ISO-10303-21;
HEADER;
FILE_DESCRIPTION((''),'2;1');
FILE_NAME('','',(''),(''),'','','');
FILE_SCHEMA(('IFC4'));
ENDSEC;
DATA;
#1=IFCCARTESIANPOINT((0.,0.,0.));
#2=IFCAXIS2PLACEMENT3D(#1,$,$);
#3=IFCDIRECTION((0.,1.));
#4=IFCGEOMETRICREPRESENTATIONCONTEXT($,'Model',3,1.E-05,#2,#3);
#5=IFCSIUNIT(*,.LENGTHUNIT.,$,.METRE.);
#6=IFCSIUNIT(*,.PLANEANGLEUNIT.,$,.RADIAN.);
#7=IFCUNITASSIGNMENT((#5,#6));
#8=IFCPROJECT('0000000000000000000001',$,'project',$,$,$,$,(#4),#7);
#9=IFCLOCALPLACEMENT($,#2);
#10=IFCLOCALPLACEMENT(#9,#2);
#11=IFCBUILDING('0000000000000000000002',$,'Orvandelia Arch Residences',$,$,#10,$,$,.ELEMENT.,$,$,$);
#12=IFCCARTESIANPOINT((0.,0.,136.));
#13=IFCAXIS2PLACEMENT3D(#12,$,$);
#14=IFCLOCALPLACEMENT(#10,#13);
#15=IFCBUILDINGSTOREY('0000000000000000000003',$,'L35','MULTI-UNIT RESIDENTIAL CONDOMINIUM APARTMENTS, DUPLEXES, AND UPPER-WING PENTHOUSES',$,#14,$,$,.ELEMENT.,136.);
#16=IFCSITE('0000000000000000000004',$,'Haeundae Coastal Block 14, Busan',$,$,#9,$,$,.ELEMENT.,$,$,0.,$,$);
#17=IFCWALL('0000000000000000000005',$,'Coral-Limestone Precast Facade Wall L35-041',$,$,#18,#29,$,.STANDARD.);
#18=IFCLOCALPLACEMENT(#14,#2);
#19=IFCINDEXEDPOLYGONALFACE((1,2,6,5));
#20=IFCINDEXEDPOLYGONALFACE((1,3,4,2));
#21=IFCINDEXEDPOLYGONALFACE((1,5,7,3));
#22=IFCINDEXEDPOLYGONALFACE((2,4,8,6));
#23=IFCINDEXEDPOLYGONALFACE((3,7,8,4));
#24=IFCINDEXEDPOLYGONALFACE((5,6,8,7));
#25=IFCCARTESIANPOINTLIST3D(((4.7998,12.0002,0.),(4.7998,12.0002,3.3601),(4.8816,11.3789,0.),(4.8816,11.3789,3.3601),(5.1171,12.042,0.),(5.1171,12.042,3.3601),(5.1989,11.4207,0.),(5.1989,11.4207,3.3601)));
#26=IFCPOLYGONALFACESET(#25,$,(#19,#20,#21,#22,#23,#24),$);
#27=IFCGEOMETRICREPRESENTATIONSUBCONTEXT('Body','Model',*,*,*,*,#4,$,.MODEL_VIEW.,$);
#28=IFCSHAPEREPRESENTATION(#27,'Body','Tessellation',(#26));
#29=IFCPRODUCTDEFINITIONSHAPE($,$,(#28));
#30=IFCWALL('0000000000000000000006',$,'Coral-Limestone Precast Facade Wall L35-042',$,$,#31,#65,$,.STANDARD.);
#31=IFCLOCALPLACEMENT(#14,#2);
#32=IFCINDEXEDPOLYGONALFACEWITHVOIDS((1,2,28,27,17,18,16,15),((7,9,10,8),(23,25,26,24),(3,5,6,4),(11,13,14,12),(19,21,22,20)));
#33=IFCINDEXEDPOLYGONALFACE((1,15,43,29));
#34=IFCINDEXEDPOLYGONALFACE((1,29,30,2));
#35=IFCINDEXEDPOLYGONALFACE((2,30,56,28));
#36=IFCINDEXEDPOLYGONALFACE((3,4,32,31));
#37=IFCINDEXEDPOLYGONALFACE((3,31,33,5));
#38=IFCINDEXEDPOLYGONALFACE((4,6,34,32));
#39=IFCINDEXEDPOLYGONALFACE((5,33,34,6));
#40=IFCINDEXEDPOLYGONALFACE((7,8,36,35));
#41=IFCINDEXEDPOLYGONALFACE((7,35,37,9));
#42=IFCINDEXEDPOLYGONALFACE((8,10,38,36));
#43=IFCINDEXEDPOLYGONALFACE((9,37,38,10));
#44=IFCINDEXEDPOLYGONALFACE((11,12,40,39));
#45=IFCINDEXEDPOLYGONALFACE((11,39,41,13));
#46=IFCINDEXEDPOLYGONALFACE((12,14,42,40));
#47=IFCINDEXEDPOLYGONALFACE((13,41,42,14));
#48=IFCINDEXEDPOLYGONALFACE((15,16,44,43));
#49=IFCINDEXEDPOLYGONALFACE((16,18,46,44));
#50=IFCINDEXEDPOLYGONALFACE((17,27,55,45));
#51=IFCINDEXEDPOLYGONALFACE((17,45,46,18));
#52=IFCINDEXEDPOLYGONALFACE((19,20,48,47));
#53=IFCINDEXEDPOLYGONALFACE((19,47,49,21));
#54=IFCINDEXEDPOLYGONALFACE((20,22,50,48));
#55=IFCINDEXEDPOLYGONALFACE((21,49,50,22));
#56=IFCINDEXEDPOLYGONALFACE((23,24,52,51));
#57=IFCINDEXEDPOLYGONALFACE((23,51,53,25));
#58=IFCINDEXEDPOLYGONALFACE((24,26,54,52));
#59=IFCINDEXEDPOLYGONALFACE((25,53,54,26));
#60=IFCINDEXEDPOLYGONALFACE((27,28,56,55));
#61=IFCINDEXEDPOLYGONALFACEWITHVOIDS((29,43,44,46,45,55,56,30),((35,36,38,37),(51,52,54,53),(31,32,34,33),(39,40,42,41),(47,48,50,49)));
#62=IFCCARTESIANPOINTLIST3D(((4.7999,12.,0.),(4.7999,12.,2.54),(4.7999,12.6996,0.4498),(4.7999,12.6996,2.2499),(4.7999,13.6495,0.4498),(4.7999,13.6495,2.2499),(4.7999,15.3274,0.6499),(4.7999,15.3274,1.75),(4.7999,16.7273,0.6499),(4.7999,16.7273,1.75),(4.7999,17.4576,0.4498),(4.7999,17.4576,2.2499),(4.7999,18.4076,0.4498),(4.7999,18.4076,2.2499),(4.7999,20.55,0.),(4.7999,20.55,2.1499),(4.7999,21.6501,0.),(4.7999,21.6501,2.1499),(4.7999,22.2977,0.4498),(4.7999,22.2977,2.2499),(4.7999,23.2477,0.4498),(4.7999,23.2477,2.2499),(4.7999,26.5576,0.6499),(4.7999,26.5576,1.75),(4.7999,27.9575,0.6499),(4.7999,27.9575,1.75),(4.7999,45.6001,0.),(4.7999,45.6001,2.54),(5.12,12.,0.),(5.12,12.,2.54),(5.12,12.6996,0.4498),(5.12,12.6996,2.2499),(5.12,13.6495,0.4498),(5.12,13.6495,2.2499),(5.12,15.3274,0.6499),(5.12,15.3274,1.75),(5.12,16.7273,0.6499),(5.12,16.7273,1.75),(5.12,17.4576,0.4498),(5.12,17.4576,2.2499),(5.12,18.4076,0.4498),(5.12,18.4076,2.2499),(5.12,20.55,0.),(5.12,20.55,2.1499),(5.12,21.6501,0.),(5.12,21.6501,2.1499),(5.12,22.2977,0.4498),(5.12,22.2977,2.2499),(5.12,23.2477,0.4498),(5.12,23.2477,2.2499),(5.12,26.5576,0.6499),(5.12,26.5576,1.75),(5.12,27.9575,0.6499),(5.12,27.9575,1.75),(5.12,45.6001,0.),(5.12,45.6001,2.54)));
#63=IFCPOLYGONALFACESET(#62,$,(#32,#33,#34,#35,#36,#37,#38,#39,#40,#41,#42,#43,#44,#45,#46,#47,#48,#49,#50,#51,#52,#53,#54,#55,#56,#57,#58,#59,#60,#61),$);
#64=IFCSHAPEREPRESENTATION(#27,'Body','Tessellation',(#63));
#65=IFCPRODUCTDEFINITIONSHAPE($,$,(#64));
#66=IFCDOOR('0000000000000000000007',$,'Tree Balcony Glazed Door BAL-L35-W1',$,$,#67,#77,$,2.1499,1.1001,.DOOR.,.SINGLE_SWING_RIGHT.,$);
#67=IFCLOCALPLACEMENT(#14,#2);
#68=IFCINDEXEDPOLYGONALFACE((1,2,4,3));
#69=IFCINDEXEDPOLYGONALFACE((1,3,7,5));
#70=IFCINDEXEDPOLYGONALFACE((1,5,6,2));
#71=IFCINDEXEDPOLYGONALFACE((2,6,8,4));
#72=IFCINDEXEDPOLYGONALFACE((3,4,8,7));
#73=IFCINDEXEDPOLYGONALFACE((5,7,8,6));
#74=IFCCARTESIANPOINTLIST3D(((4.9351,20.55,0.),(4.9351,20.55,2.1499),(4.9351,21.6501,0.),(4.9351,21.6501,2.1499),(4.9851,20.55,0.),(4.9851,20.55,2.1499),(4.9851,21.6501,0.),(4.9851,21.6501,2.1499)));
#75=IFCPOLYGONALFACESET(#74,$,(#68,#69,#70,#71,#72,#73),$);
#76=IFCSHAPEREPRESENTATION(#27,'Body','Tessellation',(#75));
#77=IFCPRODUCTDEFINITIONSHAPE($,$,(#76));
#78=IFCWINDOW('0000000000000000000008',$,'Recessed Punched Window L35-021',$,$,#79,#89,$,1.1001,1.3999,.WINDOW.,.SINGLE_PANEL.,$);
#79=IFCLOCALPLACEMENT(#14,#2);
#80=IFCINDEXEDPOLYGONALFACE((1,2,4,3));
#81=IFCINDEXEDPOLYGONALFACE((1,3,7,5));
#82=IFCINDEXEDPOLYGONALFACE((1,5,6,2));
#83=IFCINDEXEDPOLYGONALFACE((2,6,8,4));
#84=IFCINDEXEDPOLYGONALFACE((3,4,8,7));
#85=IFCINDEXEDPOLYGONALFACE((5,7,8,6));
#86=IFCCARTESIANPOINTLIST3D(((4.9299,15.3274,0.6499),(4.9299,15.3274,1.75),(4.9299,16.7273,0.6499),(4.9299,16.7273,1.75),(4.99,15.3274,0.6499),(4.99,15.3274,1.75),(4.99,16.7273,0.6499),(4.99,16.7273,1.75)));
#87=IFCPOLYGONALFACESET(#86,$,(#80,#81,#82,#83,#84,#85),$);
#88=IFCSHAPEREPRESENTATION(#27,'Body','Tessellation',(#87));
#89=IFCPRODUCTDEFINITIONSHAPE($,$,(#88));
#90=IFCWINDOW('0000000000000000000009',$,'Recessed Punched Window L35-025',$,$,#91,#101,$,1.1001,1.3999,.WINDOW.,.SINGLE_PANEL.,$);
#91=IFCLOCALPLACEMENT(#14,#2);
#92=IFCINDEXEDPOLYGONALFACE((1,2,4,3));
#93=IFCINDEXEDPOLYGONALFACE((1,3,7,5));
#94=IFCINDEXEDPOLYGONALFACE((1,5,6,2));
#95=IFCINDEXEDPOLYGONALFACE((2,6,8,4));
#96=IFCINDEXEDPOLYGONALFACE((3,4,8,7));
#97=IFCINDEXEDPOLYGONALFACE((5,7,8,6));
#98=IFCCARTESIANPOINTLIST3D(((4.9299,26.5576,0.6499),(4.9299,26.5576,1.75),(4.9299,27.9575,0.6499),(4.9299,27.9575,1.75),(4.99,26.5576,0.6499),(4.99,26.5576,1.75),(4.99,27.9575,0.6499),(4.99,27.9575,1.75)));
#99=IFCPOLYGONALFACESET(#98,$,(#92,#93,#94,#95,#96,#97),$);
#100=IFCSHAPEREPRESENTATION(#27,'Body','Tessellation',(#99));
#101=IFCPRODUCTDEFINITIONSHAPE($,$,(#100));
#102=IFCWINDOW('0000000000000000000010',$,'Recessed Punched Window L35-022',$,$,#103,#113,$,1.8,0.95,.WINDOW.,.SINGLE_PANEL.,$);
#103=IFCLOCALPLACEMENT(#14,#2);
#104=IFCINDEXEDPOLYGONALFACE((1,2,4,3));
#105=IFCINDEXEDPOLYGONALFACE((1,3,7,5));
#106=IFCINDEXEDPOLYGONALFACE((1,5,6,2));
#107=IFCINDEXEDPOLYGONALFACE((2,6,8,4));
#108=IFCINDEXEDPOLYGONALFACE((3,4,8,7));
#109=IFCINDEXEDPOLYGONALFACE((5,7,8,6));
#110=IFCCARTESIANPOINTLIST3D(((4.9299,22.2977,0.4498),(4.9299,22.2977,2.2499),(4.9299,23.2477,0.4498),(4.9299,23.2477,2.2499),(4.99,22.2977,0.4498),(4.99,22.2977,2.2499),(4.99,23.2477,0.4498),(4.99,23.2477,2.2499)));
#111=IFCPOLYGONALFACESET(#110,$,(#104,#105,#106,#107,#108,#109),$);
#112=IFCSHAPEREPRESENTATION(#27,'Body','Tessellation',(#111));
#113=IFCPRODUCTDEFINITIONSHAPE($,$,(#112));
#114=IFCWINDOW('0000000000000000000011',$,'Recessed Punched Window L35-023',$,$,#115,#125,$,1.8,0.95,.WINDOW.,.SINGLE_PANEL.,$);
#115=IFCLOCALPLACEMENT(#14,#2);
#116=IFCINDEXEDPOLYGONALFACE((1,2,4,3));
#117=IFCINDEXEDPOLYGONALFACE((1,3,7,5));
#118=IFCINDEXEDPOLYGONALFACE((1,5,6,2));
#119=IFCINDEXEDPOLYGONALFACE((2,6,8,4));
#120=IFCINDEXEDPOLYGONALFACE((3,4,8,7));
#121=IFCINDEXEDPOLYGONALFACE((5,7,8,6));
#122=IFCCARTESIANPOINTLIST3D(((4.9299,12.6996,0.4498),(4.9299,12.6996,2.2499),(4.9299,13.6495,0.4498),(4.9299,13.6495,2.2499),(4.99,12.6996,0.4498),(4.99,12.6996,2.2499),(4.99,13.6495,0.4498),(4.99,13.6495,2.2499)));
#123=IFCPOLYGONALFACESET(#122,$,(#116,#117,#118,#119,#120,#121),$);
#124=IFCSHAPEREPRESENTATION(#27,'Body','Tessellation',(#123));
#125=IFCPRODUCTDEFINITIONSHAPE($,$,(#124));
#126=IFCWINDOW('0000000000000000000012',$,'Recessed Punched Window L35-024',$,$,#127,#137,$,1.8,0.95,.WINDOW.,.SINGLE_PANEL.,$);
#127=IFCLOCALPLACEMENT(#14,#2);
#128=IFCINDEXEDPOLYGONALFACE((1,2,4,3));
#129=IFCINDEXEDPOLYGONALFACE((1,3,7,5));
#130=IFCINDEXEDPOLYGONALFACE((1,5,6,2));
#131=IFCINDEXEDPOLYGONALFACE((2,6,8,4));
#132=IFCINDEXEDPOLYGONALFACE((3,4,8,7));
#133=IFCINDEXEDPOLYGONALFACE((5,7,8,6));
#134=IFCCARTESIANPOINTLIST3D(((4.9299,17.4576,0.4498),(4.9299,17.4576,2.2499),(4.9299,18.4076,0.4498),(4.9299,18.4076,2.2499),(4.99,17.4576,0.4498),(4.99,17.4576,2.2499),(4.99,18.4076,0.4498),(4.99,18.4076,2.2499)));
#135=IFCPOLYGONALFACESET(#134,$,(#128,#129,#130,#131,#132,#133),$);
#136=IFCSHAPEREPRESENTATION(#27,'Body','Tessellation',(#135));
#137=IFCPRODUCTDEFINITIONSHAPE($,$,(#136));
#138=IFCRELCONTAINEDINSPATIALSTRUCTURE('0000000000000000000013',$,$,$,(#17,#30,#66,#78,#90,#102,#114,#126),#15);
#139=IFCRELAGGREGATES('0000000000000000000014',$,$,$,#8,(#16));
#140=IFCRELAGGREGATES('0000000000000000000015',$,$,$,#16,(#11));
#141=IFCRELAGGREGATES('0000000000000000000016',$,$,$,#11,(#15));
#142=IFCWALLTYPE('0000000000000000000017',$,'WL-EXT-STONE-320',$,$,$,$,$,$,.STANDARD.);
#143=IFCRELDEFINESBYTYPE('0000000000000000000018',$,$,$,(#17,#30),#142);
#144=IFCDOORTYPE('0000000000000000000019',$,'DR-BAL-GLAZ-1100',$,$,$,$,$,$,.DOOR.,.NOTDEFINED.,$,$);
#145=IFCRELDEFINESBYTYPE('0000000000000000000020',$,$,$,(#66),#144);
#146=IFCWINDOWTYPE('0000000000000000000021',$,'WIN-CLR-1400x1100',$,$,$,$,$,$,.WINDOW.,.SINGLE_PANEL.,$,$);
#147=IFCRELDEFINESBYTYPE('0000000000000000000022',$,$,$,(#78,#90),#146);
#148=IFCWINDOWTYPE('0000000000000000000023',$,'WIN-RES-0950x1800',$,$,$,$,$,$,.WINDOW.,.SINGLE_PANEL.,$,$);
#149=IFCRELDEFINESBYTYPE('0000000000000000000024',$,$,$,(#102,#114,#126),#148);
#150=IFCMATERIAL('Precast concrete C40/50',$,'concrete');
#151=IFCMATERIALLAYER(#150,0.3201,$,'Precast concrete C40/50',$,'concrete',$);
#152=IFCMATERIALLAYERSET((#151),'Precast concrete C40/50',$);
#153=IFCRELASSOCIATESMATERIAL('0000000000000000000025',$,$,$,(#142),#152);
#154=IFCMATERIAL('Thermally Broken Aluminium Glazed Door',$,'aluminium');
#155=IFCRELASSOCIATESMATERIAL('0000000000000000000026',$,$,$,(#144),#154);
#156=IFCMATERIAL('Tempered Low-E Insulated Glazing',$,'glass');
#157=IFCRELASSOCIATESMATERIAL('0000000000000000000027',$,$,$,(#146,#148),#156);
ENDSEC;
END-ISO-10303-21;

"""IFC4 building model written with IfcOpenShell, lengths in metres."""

from ifc_helpers import new_model, si_unit, direction, frame, frame_2d, origin, place, context, subcontext, project, spatial, rectangle, extrude, material, layer, layer_set, type_object, element, fill, save


model = new_model("IFC4")

# Units and contexts
model_context = context("Model", 3, precision=1e-05, world=origin(), true_north=direction((0.0, 1.0)))
body_context = subcontext(model_context, "Body", "Model", "MODEL_VIEW")
ifc_project = project(units=[si_unit("LENGTHUNIT", "METRE"), si_unit("PLANEANGLEUNIT", "RADIAN")], contexts=[model_context])

# Site, building, storey
site_placement = place(None, origin())
site = spatial("IfcSite", under=ifc_project, at=site_placement, Name="Haeundae Coastal Block 14, Busan", CompositionType="ELEMENT", RefElevation=0.0)
building_placement = place(site_placement, origin())
building = spatial("IfcBuilding", under=site, at=building_placement, Name="Orvandelia Arch Residences", CompositionType="ELEMENT")
storey_placement = place(building_placement, frame((0.0, 0.0, 136.0)))
storey = spatial("IfcBuildingStorey", under=building, at=storey_placement, Name="L35", Description="MULTI-UNIT RESIDENTIAL CONDOMINIUM APARTMENTS, DUPLEXES, AND UPPER-WING PENTHOUSES", CompositionType="ELEMENT", Elevation=136.0)

# Shared definitions
ifc_material_1 = material(Name="Precast concrete C40/50", Category="concrete")

# Wall
ifc_layer_1 = layer(ifc_material_1, 0.3201, Name="Precast concrete C40/50", Category="concrete")
ifc_layer_set_1 = layer_set([ifc_layer_1], Name="Precast concrete C40/50")
wall_type_1 = type_object("IfcWallType", Name="WL-EXT-STONE-320", PredefinedType="STANDARD", material=ifc_layer_set_1)
wall_1_placement = place(storey_placement, frame((5.0403, 11.3997, 0.0), z_axis=(0.0, 0.0, 1.0), x_axis=(-0.130505, 0.991448, 0.0)))
element("IfcWall", 1, at=wall_1_placement, inside=storey, type_object=wall_type_1, Name="Coral-Limestone Precast Facade Wall L35-041", PredefinedType="STANDARD", context=body_context, shape_type="SweptSolid", body=[
    extrude(rectangle(XDim=0.6267, YDim=0.3201, at=frame_2d((0.3135, 0.0))), origin(), (0.0, 0.0, 1.0), 3.3601),
])

# Wall, openings, door, windows
wall_2_placement = place(storey_placement, frame((4.96, 12.0, 0.0), z_axis=(0.0, 0.0, 1.0), x_axis=(0.0, 1.0, 0.0)))
wall_2 = element("IfcWall", 2, at=wall_2_placement, inside=storey, type_object=wall_type_1, Name="Coral-Limestone Precast Facade Wall L35-042", PredefinedType="STANDARD", context=body_context, shape_type="SweptSolid", body=[
    extrude(rectangle(XDim=33.6001, YDim=0.3201, at=frame_2d((16.8, 0.0))), origin(), (0.0, 0.0, 1.0), 2.54),
])
opening_1_placement = place(wall_2_placement, frame((8.55, 0.0, 0.0)))
opening_1 = element("IfcOpeningElement", 3, at=opening_1_placement, cuts=wall_2, PredefinedType="OPENING", context=body_context, shape_type="SweptSolid", body=[
    extrude(rectangle(XDim=1.1001, YDim=2.1499, at=frame_2d((0.55, 1.075))), frame((0.0, 0.1699, 0.0), z_axis=(0.0, -1.0, 0.0), x_axis=(1.0, 0.0, 0.0)), (0.0, 0.0, 1.0), 0.3401),
])
opening_2_placement = place(wall_2_placement, frame((3.3274, 0.0, 0.6499)))
opening_2 = element("IfcOpeningElement", 4, at=opening_2_placement, cuts=wall_2, PredefinedType="OPENING", context=body_context, shape_type="SweptSolid", body=[
    extrude(rectangle(XDim=1.3999, YDim=1.1001, at=frame_2d((0.7, 0.55))), frame((0.0, 0.1699, 0.0), z_axis=(0.0, -1.0, 0.0), x_axis=(1.0, 0.0, 0.0)), (0.0, 0.0, 1.0), 0.3401),
])
opening_3_placement = place(wall_2_placement, frame((10.2976, 0.0, 0.45)))
opening_3 = element("IfcOpeningElement", 5, at=opening_3_placement, cuts=wall_2, PredefinedType="OPENING", context=body_context, shape_type="SweptSolid", body=[
    extrude(rectangle(XDim=0.95, YDim=1.8, at=frame_2d((0.4751, 0.8999))), frame((0.0, 0.1699, 0.0), z_axis=(0.0, -1.0, 0.0), x_axis=(1.0, 0.0, 0.0)), (0.0, 0.0, 1.0), 0.3401),
])
opening_4_placement = place(wall_2_placement, frame((0.6995, 0.0, 0.45)))
opening_4 = element("IfcOpeningElement", 6, at=opening_4_placement, cuts=wall_2, PredefinedType="OPENING", context=body_context, shape_type="SweptSolid", body=[
    extrude(rectangle(XDim=0.95, YDim=1.8, at=frame_2d((0.4751, 0.8999))), frame((0.0, 0.1699, 0.0), z_axis=(0.0, -1.0, 0.0), x_axis=(1.0, 0.0, 0.0)), (0.0, 0.0, 1.0), 0.3401),
])
opening_5_placement = place(wall_2_placement, frame((5.4575, 0.0, 0.45)))
opening_5 = element("IfcOpeningElement", 7, at=opening_5_placement, cuts=wall_2, PredefinedType="OPENING", context=body_context, shape_type="SweptSolid", body=[
    extrude(rectangle(XDim=0.95, YDim=1.8, at=frame_2d((0.4751, 0.8999))), frame((0.0, 0.1699, 0.0), z_axis=(0.0, -1.0, 0.0), x_axis=(1.0, 0.0, 0.0)), (0.0, 0.0, 1.0), 0.3401),
])
opening_6_placement = place(wall_2_placement, frame((14.5576, 0.0, 0.6499)))
opening_6 = element("IfcOpeningElement", 8, at=opening_6_placement, cuts=wall_2, PredefinedType="OPENING", context=body_context, shape_type="SweptSolid", body=[
    extrude(rectangle(XDim=1.3999, YDim=1.1001, at=frame_2d((0.7, 0.55))), frame((0.0, 0.1699, 0.0), z_axis=(0.0, -1.0, 0.0), x_axis=(1.0, 0.0, 0.0)), (0.0, 0.0, 1.0), 0.3401),
])
ifc_material_2 = material(Name="Thermally Broken Aluminium Glazed Door", Category="aluminium")
door_type_1 = type_object("IfcDoorType", Name="DR-BAL-GLAZ-1100", OperationType="NOTDEFINED", PredefinedType="DOOR", material=ifc_material_2)
door_1_placement = place(opening_1_placement, origin())
door_1 = element("IfcDoor", 9, at=door_1_placement, inside=storey, type_object=door_type_1, Name="Tree Balcony Glazed Door BAL-L35-W1", OperationType="SINGLE_SWING_RIGHT", OverallHeight=2.1499, OverallWidth=1.1001, PredefinedType="DOOR", context=body_context, shape_type="SweptSolid", body=[
    extrude(rectangle(XDim=1.1001, YDim=2.1499, at=frame_2d((0.55, 1.075))), frame((0.0, 0.0249, 0.0), z_axis=(0.0, -1.0, 0.0), x_axis=(1.0, 0.0, 0.0)), (0.0, 0.0, 1.0), 0.05),
])
fill(opening_1, door_1)
ifc_material_3 = material(Name="Tempered Low-E Insulated Glazing", Category="glass")
window_type_1 = type_object("IfcWindowType", Name="WIN-CLR-1400x1100", PartitioningType="SINGLE_PANEL", PredefinedType="WINDOW", material=ifc_material_3)
window_1_placement = place(opening_2_placement, origin())
window_1 = element("IfcWindow", 10, at=window_1_placement, inside=storey, type_object=window_type_1, Name="Recessed Punched Window L35-021", OverallHeight=1.1001, OverallWidth=1.3999, PartitioningType="SINGLE_PANEL", PredefinedType="WINDOW", context=body_context, shape_type="SweptSolid", body=[
    extrude(rectangle(XDim=1.3999, YDim=1.1001, at=frame_2d((0.7, 0.55))), frame((0.0, 0.03, 0.0), z_axis=(0.0, -1.0, 0.0), x_axis=(1.0, 0.0, 0.0)), (0.0, 0.0, 1.0), 0.0601),
])
fill(opening_2, window_1)
window_2_placement = place(opening_6_placement, origin())
window_2 = element("IfcWindow", 11, at=window_2_placement, inside=storey, type_object=window_type_1, Name="Recessed Punched Window L35-025", OverallHeight=1.1001, OverallWidth=1.3999, PartitioningType="SINGLE_PANEL", PredefinedType="WINDOW", context=body_context, shape_type="SweptSolid", body=[
    extrude(rectangle(XDim=1.3999, YDim=1.1001, at=frame_2d((0.7, 0.55))), frame((0.0, 0.03, 0.0), z_axis=(0.0, -1.0, 0.0), x_axis=(1.0, 0.0, 0.0)), (0.0, 0.0, 1.0), 0.0601),
])
fill(opening_6, window_2)
window_type_2 = type_object("IfcWindowType", Name="WIN-RES-0950x1800", PartitioningType="SINGLE_PANEL", PredefinedType="WINDOW", material=ifc_material_3)
window_3_placement = place(opening_3_placement, origin())
window_3 = element("IfcWindow", 12, at=window_3_placement, inside=storey, type_object=window_type_2, Name="Recessed Punched Window L35-022", OverallHeight=1.8, OverallWidth=0.95, PartitioningType="SINGLE_PANEL", PredefinedType="WINDOW", context=body_context, shape_type="SweptSolid", body=[
    extrude(rectangle(XDim=0.95, YDim=1.8, at=frame_2d((0.4751, 0.8999))), frame((0.0, 0.03, 0.0), z_axis=(0.0, -1.0, 0.0), x_axis=(1.0, 0.0, 0.0)), (0.0, 0.0, 1.0), 0.0601),
])
fill(opening_3, window_3)
window_4_placement = place(opening_4_placement, origin())
window_4 = element("IfcWindow", 13, at=window_4_placement, inside=storey, type_object=window_type_2, Name="Recessed Punched Window L35-023", OverallHeight=1.8, OverallWidth=0.95, PartitioningType="SINGLE_PANEL", PredefinedType="WINDOW", context=body_context, shape_type="SweptSolid", body=[
    extrude(rectangle(XDim=0.95, YDim=1.8, at=frame_2d((0.4751, 0.8999))), frame((0.0, 0.03, 0.0), z_axis=(0.0, -1.0, 0.0), x_axis=(1.0, 0.0, 0.0)), (0.0, 0.0, 1.0), 0.0601),
])
fill(opening_4, window_4)
window_5_placement = place(opening_5_placement, origin())
window_5 = element("IfcWindow", 14, at=window_5_placement, inside=storey, type_object=window_type_2, Name="Recessed Punched Window L35-024", OverallHeight=1.8, OverallWidth=0.95, PartitioningType="SINGLE_PANEL", PredefinedType="WINDOW", context=body_context, shape_type="SweptSolid", body=[
    extrude(rectangle(XDim=0.95, YDim=1.8, at=frame_2d((0.4751, 0.8999))), frame((0.0, 0.03, 0.0), z_axis=(0.0, -1.0, 0.0), x_axis=(1.0, 0.0, 0.0)), (0.0, 0.0, 1.0), 0.0601),
])
fill(opening_5, window_5)

save(model, "model.ifc")
